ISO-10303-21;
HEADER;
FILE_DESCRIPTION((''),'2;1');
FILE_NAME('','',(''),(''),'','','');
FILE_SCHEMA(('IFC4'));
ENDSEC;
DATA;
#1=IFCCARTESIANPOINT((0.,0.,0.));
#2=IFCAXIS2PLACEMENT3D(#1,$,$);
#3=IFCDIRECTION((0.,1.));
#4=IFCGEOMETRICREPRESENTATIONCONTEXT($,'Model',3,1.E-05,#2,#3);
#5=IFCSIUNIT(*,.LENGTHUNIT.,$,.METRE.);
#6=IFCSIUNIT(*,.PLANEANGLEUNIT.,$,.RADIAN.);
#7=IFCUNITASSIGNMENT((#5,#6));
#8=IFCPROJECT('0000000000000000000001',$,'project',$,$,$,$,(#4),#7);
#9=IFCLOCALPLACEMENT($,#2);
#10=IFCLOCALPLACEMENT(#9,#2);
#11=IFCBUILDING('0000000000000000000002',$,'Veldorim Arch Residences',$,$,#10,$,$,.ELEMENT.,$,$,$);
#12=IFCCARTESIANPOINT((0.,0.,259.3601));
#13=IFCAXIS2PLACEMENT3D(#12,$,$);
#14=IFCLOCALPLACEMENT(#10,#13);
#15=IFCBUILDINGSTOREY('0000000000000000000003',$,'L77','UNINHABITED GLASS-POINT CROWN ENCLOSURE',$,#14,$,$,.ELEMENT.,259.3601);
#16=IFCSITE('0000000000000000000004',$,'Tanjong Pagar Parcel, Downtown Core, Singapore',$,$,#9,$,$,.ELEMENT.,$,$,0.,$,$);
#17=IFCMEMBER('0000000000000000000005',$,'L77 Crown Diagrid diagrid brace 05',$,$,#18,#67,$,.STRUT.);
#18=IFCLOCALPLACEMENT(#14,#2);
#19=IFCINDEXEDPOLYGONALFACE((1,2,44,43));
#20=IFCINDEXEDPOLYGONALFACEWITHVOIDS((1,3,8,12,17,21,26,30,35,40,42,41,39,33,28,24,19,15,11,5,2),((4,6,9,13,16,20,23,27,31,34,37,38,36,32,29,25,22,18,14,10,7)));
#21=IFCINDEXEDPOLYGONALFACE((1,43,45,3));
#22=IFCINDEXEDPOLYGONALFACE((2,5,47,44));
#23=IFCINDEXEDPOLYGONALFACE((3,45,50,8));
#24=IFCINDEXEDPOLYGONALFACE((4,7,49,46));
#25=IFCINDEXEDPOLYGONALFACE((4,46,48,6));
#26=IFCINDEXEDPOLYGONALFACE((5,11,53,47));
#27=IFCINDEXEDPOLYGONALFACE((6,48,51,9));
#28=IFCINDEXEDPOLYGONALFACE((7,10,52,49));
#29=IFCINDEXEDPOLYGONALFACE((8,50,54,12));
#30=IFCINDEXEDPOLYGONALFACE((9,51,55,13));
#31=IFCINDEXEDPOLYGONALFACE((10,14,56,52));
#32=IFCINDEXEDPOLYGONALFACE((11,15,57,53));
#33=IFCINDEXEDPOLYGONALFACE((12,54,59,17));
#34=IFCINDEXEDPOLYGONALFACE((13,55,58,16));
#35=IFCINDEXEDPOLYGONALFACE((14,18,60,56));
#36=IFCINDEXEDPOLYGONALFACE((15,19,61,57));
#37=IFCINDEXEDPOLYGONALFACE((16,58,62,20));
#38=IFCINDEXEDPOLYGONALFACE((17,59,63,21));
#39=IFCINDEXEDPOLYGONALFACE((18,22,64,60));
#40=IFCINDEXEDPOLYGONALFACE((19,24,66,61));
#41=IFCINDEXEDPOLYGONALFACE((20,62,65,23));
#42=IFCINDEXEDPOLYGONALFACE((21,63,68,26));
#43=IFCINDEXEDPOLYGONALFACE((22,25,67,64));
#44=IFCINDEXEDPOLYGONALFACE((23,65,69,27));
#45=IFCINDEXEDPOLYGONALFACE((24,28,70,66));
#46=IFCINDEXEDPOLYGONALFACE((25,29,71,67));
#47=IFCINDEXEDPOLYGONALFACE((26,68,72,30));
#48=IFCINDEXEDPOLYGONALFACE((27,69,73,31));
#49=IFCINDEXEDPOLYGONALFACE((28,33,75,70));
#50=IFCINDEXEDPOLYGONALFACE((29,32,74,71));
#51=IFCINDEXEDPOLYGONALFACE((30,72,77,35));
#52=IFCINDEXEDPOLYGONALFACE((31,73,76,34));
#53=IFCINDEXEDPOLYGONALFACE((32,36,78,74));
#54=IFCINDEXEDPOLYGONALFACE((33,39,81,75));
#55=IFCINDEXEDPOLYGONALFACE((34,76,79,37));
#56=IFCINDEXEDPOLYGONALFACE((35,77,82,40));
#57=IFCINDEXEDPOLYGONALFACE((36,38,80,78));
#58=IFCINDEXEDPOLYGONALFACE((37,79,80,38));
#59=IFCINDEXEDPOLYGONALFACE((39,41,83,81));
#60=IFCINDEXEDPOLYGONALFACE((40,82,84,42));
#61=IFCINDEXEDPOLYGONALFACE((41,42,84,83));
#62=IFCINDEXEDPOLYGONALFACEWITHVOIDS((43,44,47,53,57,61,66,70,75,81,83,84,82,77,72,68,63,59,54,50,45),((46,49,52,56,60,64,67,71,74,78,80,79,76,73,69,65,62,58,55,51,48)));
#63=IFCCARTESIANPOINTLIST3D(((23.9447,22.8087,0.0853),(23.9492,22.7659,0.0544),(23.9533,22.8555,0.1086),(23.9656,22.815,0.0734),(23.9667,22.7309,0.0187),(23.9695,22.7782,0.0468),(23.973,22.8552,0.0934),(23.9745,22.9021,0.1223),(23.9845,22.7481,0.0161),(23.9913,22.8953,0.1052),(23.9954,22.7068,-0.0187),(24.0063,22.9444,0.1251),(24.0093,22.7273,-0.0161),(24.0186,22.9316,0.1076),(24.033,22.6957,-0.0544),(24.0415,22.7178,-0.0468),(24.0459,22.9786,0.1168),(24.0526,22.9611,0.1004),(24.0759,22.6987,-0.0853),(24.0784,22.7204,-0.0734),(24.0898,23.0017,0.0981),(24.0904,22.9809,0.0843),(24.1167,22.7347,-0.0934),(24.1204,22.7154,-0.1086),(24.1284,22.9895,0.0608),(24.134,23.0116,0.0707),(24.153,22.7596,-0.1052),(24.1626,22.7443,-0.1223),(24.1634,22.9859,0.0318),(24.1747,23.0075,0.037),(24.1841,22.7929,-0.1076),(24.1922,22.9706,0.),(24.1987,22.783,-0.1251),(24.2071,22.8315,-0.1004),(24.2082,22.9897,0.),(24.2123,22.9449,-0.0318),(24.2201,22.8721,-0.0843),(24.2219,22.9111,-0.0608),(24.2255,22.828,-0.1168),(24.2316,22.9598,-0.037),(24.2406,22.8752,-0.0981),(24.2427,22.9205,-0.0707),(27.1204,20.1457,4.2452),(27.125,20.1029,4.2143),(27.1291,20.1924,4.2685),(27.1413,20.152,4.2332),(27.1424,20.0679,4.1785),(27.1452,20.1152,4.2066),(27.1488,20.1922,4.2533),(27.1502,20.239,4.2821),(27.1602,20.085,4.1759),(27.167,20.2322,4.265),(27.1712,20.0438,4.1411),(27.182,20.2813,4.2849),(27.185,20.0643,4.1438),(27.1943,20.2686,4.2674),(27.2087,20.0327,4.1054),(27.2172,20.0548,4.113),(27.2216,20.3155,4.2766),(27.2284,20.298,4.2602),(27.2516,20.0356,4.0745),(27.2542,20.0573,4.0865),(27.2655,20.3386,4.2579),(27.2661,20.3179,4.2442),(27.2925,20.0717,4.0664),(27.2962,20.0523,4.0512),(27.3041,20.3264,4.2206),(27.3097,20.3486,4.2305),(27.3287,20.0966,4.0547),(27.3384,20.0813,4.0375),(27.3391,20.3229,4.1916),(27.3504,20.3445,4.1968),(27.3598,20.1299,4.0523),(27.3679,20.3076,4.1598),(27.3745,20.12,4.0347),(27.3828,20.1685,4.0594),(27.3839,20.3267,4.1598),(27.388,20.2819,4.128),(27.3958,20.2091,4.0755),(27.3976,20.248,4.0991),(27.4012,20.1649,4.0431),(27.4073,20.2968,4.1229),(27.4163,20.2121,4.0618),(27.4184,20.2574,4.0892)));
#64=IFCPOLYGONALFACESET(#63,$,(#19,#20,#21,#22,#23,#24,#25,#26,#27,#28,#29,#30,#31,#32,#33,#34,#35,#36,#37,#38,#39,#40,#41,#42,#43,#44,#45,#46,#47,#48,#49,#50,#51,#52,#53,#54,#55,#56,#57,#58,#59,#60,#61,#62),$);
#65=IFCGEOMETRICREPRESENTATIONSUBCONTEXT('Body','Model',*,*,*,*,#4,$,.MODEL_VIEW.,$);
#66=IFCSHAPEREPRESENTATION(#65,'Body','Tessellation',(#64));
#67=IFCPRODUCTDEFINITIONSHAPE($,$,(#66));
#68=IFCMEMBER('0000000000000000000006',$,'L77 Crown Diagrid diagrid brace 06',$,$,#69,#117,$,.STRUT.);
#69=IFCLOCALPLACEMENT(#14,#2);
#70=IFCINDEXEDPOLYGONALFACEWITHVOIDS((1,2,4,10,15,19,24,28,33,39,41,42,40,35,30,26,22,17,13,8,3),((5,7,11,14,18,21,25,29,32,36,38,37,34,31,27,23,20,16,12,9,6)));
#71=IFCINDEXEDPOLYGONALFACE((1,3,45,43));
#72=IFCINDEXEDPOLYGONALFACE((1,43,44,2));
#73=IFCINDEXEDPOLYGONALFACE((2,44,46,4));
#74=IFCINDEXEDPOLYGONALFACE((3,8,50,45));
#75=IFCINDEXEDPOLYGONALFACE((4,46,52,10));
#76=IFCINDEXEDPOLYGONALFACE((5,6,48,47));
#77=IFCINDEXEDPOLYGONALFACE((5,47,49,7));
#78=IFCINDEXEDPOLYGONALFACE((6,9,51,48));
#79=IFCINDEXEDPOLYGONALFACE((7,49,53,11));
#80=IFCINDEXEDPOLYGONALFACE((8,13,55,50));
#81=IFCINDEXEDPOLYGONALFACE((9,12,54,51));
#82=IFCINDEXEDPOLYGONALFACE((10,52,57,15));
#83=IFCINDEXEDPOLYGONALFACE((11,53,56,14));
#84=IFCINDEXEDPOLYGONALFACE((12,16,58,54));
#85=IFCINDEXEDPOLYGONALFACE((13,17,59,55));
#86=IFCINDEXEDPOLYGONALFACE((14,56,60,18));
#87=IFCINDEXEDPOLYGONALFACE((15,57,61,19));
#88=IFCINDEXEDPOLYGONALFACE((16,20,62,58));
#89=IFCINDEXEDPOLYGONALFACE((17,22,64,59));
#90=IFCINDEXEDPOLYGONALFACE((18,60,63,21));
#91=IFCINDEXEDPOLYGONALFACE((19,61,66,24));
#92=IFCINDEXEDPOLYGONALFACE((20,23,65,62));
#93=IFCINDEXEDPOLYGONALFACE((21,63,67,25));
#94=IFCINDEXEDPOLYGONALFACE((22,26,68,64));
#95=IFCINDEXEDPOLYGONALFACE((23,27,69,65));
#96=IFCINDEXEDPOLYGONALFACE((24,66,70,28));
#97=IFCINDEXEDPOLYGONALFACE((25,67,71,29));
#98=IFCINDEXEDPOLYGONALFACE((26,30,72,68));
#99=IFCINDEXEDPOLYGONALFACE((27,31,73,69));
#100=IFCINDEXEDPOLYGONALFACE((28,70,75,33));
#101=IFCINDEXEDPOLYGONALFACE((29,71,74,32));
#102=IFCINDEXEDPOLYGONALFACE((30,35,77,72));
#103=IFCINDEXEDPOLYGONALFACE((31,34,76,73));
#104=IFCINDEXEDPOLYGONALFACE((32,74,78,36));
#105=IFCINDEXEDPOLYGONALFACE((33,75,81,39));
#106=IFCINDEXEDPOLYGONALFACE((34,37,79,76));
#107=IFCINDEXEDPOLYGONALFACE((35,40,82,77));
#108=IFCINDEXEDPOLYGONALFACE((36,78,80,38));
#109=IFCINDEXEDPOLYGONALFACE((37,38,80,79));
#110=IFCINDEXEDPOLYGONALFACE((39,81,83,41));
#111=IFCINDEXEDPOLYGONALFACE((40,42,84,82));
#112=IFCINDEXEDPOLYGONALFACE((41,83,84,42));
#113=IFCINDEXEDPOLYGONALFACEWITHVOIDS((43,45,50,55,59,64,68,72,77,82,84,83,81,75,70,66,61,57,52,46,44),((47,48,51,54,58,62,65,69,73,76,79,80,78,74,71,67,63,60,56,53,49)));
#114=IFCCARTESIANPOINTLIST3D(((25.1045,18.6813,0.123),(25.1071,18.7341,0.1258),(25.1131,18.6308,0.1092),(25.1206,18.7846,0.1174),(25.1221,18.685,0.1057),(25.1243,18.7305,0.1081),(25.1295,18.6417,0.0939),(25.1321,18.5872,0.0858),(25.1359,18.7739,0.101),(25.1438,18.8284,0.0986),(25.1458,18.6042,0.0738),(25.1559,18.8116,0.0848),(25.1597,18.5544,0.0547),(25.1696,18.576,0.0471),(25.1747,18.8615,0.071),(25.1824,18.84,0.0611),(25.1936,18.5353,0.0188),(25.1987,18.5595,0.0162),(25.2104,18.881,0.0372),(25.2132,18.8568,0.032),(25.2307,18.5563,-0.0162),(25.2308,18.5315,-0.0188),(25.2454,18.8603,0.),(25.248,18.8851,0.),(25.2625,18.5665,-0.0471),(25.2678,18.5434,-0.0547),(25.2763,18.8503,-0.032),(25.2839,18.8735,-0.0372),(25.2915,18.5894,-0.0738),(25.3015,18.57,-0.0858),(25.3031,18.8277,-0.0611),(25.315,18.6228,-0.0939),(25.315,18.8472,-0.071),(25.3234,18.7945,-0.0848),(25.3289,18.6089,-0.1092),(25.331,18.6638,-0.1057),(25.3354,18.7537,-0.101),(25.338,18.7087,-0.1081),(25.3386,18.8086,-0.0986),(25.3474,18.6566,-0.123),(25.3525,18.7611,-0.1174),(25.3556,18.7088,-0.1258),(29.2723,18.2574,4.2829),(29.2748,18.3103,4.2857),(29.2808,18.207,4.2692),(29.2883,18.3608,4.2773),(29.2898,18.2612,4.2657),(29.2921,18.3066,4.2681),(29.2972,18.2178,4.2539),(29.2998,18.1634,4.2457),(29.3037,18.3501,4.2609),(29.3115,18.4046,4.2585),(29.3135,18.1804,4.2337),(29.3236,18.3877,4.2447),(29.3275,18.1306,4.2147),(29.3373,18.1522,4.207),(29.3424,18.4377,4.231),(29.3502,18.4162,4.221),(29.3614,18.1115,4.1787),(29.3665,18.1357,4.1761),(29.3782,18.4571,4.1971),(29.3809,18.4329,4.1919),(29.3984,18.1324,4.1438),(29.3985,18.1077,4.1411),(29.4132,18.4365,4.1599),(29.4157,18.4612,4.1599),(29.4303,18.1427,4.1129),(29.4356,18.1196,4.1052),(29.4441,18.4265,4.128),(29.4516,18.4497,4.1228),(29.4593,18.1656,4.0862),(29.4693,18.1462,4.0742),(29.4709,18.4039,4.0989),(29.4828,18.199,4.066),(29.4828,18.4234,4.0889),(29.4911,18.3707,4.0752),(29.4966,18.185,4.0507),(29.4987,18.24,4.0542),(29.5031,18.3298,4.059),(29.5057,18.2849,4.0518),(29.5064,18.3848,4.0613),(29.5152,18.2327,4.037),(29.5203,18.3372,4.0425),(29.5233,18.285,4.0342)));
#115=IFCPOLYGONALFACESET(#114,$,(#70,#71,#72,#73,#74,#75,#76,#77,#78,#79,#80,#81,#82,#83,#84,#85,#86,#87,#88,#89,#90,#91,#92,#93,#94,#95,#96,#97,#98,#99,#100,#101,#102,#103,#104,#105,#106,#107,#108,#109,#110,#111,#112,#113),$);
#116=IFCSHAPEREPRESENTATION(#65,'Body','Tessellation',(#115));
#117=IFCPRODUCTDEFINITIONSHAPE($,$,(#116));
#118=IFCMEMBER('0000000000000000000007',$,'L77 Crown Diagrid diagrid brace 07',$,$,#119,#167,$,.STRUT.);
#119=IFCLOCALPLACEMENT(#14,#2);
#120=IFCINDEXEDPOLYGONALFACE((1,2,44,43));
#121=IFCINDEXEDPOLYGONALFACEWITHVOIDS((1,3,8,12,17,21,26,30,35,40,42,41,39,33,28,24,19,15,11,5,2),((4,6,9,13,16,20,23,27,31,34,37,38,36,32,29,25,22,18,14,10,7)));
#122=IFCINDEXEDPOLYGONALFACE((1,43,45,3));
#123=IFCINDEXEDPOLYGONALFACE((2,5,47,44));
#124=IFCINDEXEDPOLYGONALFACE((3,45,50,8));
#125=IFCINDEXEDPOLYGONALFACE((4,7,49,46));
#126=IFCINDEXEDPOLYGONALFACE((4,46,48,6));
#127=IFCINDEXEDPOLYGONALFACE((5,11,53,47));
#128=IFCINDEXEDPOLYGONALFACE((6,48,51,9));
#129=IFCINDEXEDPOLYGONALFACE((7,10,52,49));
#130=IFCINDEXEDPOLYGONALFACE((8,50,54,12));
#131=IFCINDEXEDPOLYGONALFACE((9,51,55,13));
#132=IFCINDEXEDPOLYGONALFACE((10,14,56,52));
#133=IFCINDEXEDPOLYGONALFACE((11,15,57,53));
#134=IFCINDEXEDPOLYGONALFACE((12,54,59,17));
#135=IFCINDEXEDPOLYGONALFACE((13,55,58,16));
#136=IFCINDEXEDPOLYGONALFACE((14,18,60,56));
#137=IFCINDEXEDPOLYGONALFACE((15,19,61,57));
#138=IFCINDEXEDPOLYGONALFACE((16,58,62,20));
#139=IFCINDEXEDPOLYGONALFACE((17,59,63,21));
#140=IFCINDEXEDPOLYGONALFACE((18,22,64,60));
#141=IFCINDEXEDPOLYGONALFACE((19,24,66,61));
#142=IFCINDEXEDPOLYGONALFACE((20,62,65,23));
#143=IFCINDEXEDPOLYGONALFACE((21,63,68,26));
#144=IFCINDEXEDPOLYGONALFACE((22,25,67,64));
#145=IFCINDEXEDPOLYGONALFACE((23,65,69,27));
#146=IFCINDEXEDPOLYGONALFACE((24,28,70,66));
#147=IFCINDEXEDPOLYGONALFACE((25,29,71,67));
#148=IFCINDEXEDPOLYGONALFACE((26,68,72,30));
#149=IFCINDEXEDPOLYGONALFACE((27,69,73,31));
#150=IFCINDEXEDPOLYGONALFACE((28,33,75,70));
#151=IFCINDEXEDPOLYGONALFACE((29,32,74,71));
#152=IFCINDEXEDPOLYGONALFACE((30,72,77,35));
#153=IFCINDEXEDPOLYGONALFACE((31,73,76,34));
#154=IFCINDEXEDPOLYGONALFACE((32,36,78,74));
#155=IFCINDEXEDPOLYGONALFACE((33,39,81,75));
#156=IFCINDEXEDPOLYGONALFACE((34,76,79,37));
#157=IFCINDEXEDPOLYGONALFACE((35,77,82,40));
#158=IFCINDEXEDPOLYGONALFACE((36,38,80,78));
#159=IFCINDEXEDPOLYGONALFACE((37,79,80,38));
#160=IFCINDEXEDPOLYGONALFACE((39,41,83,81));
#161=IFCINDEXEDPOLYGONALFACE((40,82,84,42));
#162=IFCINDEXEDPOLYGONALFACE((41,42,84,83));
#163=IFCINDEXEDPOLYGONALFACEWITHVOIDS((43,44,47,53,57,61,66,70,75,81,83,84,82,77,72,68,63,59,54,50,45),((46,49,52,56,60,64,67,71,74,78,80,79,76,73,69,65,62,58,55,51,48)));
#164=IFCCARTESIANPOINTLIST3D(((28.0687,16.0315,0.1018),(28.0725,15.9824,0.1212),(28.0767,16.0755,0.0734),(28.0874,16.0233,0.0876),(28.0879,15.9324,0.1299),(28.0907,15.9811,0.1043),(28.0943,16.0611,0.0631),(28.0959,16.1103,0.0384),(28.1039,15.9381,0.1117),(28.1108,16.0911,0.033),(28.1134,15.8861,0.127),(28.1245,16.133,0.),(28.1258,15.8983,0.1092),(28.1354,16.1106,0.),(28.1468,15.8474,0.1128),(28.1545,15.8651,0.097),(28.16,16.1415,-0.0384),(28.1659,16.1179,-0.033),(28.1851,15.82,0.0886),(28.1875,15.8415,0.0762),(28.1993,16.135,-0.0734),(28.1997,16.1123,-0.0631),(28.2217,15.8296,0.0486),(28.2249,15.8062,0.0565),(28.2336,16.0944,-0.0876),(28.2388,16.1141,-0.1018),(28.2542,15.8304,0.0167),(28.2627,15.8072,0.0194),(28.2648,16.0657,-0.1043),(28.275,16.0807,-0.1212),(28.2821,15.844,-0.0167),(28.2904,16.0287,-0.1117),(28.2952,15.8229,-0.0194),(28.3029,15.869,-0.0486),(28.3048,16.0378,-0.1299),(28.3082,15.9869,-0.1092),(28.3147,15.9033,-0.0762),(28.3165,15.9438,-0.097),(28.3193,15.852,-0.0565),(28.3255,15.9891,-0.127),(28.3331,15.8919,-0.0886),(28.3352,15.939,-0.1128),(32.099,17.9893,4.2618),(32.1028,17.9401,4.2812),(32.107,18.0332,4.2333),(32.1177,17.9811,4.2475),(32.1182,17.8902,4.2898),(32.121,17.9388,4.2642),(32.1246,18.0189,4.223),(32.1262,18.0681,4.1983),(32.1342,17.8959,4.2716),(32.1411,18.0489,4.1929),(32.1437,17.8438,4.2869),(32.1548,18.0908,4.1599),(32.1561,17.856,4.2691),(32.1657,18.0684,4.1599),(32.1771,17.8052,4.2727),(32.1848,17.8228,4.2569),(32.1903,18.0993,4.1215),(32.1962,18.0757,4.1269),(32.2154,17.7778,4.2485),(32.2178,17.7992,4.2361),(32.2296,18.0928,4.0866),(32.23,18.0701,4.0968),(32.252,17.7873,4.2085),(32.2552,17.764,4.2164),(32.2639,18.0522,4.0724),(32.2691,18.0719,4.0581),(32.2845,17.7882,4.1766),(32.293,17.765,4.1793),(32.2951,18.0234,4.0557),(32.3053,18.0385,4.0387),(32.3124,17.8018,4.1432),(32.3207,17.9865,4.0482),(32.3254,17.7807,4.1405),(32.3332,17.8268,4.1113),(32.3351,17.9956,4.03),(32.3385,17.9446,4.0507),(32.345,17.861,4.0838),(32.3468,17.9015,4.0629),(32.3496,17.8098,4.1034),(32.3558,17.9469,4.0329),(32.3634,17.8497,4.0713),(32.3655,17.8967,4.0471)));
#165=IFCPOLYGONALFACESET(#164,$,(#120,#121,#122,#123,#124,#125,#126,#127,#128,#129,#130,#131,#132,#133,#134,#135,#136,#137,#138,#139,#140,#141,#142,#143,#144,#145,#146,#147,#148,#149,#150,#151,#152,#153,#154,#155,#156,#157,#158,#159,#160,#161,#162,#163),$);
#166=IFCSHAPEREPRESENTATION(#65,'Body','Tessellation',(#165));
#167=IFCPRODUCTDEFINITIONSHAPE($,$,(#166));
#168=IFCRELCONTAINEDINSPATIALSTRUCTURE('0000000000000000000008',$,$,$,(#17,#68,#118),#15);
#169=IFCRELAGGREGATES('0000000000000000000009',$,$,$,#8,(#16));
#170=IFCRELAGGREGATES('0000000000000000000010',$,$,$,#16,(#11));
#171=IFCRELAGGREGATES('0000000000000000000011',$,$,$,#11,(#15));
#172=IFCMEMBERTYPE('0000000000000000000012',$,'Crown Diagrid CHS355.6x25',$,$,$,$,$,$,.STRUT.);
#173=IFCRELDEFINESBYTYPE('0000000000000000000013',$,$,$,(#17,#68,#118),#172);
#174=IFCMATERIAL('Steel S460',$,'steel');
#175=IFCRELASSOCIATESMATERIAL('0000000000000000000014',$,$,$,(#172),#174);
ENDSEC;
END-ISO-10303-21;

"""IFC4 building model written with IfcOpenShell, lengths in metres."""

from ifc_helpers import new_model, si_unit, direction, frame, origin, origin_2d, place, context, subcontext, project, spatial, hollow_circle, extrude, material, material_profile, profile_set, type_object, element, save


model = new_model("IFC4")

# Units and contexts
model_context = context("Model", 3, precision=1e-05, world=origin(), true_north=direction((0.0, 1.0)))
body_context = subcontext(model_context, "Body", "Model", "MODEL_VIEW")
ifc_project = project(units=[si_unit("LENGTHUNIT", "METRE"), si_unit("PLANEANGLEUNIT", "RADIAN")], contexts=[model_context])

# Site, building, storey
site_placement = place(None, origin())
site = spatial("IfcSite", under=ifc_project, at=site_placement, Name="Tanjong Pagar Parcel, Downtown Core, Singapore", CompositionType="ELEMENT", RefElevation=0.0)
building_placement = place(site_placement, origin())
building = spatial("IfcBuilding", under=site, at=building_placement, Name="Veldorim Arch Residences", CompositionType="ELEMENT")
storey_placement = place(building_placement, frame((0.0, 0.0, 259.3601)))
storey = spatial("IfcBuildingStorey", under=building, at=storey_placement, Name="L77", Description="UNINHABITED GLASS-POINT CROWN ENCLOSURE", CompositionType="ELEMENT", Elevation=259.3601)

# Members
ifc_material_1 = material(Name="Steel S460", Category="steel")
ifc_material_profile_1 = material_profile(ifc_material_1, hollow_circle(Radius=0.1777, WallThickness=0.0249, at=origin_2d()), Name="CHS355.6x25")
ifc_profile_set_1 = profile_set([ifc_material_profile_1], Name="Steel S460")
member_type_1 = type_object("IfcMemberType", Name="Crown Diagrid CHS355.6x25", PredefinedType="STRUT", material=ifc_profile_set_1)
member_1_placement = place(storey_placement, frame((24.094, 22.8535, 0.0), z_axis=(0.540818, -0.453509, 0.70841), x_axis=(0.642545, 0.766248, 0.0)))
element("IfcMember", 1, at=member_1_placement, inside=storey, type_object=member_type_1, Name="L77 Crown Diagrid diagrid brace 05", PredefinedType="STRUT", context=body_context, shape_type="SweptSolid", body=[
    extrude(hollow_circle(Radius=0.1777, WallThickness=0.0249, at=origin_2d()), origin(), (0.0, 0.0, 1.0), 5.8721),
])
member_2_placement = place(storey_placement, frame((25.23, 18.7083, 0.0), z_axis=(0.705944, -0.071789, 0.70462), x_axis=(0.101171, 0.994869, 0.0)))
element("IfcMember", 2, at=member_2_placement, inside=storey, type_object=member_type_1, Name="L77 Crown Diagrid diagrid brace 06", PredefinedType="STRUT", context=body_context, shape_type="SweptSolid", body=[
    extrude(hollow_circle(Radius=0.1777, WallThickness=0.0249, at=origin_2d()), origin(), (0.0, 0.0, 1.0), 5.9038),
])
member_3_placement = place(storey_placement, frame((28.2021, 15.9731, 0.0), z_axis=(0.659189, 0.320211, 0.680393), x_axis=(-0.43694, 0.89949, 0.0)))
element("IfcMember", 3, at=member_3_placement, inside=storey, type_object=member_type_1, Name="L77 Crown Diagrid diagrid brace 07", PredefinedType="STRUT", context=body_context, shape_type="SweptSolid", body=[
    extrude(hollow_circle(Radius=0.1777, WallThickness=0.0249, at=origin_2d()), origin(), (0.0, 0.0, 1.0), 6.114),
])

save(model, "model.ifc")
